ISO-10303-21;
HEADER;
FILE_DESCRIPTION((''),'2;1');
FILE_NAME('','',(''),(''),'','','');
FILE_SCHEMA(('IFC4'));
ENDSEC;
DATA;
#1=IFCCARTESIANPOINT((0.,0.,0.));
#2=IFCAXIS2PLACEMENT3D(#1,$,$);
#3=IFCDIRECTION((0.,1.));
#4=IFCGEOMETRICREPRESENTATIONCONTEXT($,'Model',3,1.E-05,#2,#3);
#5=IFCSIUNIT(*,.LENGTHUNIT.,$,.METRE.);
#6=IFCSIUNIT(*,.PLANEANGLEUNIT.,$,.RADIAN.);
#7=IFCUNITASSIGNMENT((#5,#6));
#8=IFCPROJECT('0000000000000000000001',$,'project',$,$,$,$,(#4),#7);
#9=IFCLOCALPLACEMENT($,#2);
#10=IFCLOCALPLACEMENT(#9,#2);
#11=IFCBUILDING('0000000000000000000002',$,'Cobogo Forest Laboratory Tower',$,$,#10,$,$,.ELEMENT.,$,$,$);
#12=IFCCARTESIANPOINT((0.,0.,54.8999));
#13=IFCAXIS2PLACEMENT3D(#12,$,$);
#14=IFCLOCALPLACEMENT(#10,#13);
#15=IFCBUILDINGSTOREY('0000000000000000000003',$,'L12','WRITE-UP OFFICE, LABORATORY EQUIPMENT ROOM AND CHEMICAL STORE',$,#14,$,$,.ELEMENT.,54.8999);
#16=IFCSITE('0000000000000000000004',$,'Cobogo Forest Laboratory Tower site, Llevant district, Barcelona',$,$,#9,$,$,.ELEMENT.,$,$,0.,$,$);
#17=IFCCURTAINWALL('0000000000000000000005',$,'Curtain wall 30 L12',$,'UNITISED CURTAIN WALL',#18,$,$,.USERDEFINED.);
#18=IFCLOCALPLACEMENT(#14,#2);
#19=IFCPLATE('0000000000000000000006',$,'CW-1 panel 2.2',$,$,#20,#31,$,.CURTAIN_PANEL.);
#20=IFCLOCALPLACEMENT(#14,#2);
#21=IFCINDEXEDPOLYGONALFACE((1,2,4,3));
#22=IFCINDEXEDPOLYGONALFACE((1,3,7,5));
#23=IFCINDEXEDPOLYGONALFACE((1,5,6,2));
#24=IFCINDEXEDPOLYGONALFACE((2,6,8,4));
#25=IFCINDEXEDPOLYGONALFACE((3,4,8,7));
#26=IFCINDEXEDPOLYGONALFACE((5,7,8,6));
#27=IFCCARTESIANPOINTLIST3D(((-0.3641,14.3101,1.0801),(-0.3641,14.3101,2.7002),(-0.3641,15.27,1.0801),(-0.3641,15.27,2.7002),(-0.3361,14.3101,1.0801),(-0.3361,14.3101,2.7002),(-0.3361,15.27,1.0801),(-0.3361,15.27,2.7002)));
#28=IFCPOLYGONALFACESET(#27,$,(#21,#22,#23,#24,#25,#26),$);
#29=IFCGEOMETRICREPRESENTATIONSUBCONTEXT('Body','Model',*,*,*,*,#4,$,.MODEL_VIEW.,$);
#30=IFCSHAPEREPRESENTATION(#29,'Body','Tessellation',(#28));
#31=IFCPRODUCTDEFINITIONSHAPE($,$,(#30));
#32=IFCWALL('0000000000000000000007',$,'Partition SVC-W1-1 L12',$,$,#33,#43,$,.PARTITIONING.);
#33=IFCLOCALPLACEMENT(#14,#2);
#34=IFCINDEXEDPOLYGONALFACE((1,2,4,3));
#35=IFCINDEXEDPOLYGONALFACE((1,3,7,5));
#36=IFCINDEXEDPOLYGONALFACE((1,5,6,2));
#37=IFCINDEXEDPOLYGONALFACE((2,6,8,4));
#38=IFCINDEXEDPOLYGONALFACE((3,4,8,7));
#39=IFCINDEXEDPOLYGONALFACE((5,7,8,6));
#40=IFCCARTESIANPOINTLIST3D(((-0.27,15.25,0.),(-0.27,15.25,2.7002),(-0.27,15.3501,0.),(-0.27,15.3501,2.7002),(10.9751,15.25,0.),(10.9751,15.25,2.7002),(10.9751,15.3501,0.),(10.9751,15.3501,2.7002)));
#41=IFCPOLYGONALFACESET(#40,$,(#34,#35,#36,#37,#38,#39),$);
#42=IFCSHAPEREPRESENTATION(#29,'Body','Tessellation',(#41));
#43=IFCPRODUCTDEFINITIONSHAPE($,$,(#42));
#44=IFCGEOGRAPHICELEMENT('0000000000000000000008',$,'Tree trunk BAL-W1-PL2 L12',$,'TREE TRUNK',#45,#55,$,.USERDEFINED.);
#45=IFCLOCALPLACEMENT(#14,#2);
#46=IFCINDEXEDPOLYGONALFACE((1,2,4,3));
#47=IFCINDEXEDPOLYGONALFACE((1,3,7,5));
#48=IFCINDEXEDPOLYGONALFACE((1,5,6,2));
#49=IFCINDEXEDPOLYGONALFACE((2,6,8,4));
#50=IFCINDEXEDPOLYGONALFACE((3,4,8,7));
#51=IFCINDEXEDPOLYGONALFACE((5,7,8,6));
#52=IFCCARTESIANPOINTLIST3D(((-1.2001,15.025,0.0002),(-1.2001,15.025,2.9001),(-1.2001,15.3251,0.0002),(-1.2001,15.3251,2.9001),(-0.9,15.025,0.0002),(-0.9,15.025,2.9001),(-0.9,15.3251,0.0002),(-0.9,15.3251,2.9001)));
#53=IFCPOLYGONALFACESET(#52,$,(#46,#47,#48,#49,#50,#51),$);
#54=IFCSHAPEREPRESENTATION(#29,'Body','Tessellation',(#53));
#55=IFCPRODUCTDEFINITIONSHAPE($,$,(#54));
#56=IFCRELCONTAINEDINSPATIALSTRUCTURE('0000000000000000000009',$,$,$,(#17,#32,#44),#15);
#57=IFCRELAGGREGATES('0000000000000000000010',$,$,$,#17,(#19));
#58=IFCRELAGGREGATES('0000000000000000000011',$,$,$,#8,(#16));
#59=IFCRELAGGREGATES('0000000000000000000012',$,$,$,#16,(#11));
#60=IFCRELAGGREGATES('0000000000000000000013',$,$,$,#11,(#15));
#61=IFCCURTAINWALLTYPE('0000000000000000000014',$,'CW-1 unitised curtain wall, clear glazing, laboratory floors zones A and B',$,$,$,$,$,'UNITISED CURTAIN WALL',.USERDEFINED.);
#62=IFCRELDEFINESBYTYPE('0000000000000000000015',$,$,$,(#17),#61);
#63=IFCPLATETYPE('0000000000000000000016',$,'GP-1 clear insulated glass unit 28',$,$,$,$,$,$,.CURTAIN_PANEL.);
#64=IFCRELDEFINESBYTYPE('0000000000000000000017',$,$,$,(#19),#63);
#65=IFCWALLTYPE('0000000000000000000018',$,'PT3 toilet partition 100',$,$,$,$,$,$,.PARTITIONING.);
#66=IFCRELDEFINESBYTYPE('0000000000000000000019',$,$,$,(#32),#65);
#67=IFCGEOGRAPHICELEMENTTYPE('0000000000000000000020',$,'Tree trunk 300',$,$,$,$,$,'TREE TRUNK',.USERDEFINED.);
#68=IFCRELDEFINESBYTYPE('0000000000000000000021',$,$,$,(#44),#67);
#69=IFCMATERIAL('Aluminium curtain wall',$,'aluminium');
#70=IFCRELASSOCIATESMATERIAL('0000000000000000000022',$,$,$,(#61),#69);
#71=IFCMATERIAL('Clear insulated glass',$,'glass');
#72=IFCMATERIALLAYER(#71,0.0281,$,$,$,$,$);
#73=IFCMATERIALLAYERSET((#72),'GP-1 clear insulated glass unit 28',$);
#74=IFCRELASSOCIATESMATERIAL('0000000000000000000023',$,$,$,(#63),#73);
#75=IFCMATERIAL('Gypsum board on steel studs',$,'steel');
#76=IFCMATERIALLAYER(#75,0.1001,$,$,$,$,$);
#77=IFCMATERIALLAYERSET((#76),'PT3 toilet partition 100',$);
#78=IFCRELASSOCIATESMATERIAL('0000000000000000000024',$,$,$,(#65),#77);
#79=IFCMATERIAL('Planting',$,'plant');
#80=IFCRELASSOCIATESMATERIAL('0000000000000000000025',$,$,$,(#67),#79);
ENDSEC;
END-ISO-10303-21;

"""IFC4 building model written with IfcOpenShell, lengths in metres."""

from ifc_helpers import new_model, si_unit, direction, frame, frame_2d, origin, origin_2d, place, context, subcontext, project, spatial, rectangle, extrude, material, layer, layer_set, type_object, element, aggregate, save


model = new_model("IFC4")

# Units and contexts
model_context = context("Model", 3, precision=1e-05, world=origin(), true_north=direction((0.0, 1.0)))
body_context = subcontext(model_context, "Body", "Model", "MODEL_VIEW")
ifc_project = project(units=[si_unit("LENGTHUNIT", "METRE"), si_unit("PLANEANGLEUNIT", "RADIAN")], contexts=[model_context])

# Site, building, storey
site_placement = place(None, origin())
site = spatial("IfcSite", under=ifc_project, at=site_placement, Name="Cobogo Forest Laboratory Tower site, Llevant district, Barcelona", CompositionType="ELEMENT", RefElevation=0.0)
building_placement = place(site_placement, origin())
building = spatial("IfcBuilding", under=site, at=building_placement, Name="Cobogo Forest Laboratory Tower", CompositionType="ELEMENT")
storey_placement = place(building_placement, frame((0.0, 0.0, 54.8999)))
storey = spatial("IfcBuildingStorey", under=building, at=storey_placement, Name="L12", Description="WRITE-UP OFFICE, LABORATORY EQUIPMENT ROOM AND CHEMICAL STORE", CompositionType="ELEMENT", Elevation=54.8999)

# Curtain wall
ifc_material_1 = material(Name="Aluminium curtain wall", Category="aluminium")
curtain_wall_type = type_object("IfcCurtainWallType", Name="CW-1 unitised curtain wall, clear glazing, laboratory floors zones A and B", ElementType="UNITISED CURTAIN WALL", PredefinedType="USERDEFINED", material=ifc_material_1)
curtain_wall_1_placement = place(storey_placement, origin())
curtain_wall_1 = element("IfcCurtainWall", 1, at=curtain_wall_1_placement, inside=storey, type_object=curtain_wall_type, Name="Curtain wall 30 L12", ObjectType="UNITISED CURTAIN WALL", PredefinedType="USERDEFINED")

# Plate
ifc_material_2 = material(Name="Clear insulated glass", Category="glass")
ifc_layer_1 = layer(ifc_material_2, 0.0281)
ifc_layer_set_1 = layer_set([ifc_layer_1], Name="GP-1 clear insulated glass unit 28")
plate_type_1 = type_object("IfcPlateType", Name="GP-1 clear insulated glass unit 28", PredefinedType="CURTAIN_PANEL", material=ifc_layer_set_1)
plate_1_placement = place(storey_placement, frame((-0.3501, 14.79, 1.0801), z_axis=(0.0, 0.0, 1.0), x_axis=(0.0, -1.0, 0.0)))
plate_1 = element("IfcPlate", 2, at=plate_1_placement, type_object=plate_type_1, Name="CW-1 panel 2.2", PredefinedType="CURTAIN_PANEL", context=body_context, shape_type="SweptSolid", body=[
    extrude(rectangle(XDim=0.96, YDim=0.0281, at=origin_2d()), origin(), (0.0, 0.0, 1.0), 1.6201),
])
aggregate(curtain_wall_1, [plate_1])

# Wall
ifc_material_3 = material(Name="Gypsum board on steel studs", Category="steel")
ifc_layer_2 = layer(ifc_material_3, 0.1001)
ifc_layer_set_2 = layer_set([ifc_layer_2], Name="PT3 toilet partition 100")
wall_type = type_object("IfcWallType", Name="PT3 toilet partition 100", PredefinedType="PARTITIONING", material=ifc_layer_set_2)
wall_placement = place(storey_placement, frame((-0.27, 15.3, 0.0), z_axis=(0.0, 0.0, 1.0), x_axis=(1.0, 0.0, 0.0)))
element("IfcWall", 3, at=wall_placement, inside=storey, type_object=wall_type, Name="Partition SVC-W1-1 L12", PredefinedType="PARTITIONING", context=body_context, shape_type="SweptSolid", body=[
    extrude(rectangle(XDim=11.2451, YDim=0.1001, at=frame_2d((5.6226, 0.0))), origin(), (0.0, 0.0, 1.0), 2.7002),
])

# Geographic element
ifc_material_4 = material(Name="Planting", Category="plant")
geographic_element_type = type_object("IfcGeographicElementType", Name="Tree trunk 300", ElementType="TREE TRUNK", PredefinedType="USERDEFINED", material=ifc_material_4)
geographic_element_placement = place(storey_placement, frame((-1.05, 15.175, 0.0002), z_axis=(0.0, 0.0, 1.0), x_axis=(1.0, 0.0, 0.0)))
element("IfcGeographicElement", 4, at=geographic_element_placement, inside=storey, type_object=geographic_element_type, Name="Tree trunk BAL-W1-PL2 L12", ObjectType="TREE TRUNK", PredefinedType="USERDEFINED", context=body_context, shape_type="SweptSolid", body=[
    extrude(rectangle(XDim=0.3, YDim=0.3, at=origin_2d()), origin(), (0.0, 0.0, 1.0), 2.8999),
])

save(model, "model.ifc")
